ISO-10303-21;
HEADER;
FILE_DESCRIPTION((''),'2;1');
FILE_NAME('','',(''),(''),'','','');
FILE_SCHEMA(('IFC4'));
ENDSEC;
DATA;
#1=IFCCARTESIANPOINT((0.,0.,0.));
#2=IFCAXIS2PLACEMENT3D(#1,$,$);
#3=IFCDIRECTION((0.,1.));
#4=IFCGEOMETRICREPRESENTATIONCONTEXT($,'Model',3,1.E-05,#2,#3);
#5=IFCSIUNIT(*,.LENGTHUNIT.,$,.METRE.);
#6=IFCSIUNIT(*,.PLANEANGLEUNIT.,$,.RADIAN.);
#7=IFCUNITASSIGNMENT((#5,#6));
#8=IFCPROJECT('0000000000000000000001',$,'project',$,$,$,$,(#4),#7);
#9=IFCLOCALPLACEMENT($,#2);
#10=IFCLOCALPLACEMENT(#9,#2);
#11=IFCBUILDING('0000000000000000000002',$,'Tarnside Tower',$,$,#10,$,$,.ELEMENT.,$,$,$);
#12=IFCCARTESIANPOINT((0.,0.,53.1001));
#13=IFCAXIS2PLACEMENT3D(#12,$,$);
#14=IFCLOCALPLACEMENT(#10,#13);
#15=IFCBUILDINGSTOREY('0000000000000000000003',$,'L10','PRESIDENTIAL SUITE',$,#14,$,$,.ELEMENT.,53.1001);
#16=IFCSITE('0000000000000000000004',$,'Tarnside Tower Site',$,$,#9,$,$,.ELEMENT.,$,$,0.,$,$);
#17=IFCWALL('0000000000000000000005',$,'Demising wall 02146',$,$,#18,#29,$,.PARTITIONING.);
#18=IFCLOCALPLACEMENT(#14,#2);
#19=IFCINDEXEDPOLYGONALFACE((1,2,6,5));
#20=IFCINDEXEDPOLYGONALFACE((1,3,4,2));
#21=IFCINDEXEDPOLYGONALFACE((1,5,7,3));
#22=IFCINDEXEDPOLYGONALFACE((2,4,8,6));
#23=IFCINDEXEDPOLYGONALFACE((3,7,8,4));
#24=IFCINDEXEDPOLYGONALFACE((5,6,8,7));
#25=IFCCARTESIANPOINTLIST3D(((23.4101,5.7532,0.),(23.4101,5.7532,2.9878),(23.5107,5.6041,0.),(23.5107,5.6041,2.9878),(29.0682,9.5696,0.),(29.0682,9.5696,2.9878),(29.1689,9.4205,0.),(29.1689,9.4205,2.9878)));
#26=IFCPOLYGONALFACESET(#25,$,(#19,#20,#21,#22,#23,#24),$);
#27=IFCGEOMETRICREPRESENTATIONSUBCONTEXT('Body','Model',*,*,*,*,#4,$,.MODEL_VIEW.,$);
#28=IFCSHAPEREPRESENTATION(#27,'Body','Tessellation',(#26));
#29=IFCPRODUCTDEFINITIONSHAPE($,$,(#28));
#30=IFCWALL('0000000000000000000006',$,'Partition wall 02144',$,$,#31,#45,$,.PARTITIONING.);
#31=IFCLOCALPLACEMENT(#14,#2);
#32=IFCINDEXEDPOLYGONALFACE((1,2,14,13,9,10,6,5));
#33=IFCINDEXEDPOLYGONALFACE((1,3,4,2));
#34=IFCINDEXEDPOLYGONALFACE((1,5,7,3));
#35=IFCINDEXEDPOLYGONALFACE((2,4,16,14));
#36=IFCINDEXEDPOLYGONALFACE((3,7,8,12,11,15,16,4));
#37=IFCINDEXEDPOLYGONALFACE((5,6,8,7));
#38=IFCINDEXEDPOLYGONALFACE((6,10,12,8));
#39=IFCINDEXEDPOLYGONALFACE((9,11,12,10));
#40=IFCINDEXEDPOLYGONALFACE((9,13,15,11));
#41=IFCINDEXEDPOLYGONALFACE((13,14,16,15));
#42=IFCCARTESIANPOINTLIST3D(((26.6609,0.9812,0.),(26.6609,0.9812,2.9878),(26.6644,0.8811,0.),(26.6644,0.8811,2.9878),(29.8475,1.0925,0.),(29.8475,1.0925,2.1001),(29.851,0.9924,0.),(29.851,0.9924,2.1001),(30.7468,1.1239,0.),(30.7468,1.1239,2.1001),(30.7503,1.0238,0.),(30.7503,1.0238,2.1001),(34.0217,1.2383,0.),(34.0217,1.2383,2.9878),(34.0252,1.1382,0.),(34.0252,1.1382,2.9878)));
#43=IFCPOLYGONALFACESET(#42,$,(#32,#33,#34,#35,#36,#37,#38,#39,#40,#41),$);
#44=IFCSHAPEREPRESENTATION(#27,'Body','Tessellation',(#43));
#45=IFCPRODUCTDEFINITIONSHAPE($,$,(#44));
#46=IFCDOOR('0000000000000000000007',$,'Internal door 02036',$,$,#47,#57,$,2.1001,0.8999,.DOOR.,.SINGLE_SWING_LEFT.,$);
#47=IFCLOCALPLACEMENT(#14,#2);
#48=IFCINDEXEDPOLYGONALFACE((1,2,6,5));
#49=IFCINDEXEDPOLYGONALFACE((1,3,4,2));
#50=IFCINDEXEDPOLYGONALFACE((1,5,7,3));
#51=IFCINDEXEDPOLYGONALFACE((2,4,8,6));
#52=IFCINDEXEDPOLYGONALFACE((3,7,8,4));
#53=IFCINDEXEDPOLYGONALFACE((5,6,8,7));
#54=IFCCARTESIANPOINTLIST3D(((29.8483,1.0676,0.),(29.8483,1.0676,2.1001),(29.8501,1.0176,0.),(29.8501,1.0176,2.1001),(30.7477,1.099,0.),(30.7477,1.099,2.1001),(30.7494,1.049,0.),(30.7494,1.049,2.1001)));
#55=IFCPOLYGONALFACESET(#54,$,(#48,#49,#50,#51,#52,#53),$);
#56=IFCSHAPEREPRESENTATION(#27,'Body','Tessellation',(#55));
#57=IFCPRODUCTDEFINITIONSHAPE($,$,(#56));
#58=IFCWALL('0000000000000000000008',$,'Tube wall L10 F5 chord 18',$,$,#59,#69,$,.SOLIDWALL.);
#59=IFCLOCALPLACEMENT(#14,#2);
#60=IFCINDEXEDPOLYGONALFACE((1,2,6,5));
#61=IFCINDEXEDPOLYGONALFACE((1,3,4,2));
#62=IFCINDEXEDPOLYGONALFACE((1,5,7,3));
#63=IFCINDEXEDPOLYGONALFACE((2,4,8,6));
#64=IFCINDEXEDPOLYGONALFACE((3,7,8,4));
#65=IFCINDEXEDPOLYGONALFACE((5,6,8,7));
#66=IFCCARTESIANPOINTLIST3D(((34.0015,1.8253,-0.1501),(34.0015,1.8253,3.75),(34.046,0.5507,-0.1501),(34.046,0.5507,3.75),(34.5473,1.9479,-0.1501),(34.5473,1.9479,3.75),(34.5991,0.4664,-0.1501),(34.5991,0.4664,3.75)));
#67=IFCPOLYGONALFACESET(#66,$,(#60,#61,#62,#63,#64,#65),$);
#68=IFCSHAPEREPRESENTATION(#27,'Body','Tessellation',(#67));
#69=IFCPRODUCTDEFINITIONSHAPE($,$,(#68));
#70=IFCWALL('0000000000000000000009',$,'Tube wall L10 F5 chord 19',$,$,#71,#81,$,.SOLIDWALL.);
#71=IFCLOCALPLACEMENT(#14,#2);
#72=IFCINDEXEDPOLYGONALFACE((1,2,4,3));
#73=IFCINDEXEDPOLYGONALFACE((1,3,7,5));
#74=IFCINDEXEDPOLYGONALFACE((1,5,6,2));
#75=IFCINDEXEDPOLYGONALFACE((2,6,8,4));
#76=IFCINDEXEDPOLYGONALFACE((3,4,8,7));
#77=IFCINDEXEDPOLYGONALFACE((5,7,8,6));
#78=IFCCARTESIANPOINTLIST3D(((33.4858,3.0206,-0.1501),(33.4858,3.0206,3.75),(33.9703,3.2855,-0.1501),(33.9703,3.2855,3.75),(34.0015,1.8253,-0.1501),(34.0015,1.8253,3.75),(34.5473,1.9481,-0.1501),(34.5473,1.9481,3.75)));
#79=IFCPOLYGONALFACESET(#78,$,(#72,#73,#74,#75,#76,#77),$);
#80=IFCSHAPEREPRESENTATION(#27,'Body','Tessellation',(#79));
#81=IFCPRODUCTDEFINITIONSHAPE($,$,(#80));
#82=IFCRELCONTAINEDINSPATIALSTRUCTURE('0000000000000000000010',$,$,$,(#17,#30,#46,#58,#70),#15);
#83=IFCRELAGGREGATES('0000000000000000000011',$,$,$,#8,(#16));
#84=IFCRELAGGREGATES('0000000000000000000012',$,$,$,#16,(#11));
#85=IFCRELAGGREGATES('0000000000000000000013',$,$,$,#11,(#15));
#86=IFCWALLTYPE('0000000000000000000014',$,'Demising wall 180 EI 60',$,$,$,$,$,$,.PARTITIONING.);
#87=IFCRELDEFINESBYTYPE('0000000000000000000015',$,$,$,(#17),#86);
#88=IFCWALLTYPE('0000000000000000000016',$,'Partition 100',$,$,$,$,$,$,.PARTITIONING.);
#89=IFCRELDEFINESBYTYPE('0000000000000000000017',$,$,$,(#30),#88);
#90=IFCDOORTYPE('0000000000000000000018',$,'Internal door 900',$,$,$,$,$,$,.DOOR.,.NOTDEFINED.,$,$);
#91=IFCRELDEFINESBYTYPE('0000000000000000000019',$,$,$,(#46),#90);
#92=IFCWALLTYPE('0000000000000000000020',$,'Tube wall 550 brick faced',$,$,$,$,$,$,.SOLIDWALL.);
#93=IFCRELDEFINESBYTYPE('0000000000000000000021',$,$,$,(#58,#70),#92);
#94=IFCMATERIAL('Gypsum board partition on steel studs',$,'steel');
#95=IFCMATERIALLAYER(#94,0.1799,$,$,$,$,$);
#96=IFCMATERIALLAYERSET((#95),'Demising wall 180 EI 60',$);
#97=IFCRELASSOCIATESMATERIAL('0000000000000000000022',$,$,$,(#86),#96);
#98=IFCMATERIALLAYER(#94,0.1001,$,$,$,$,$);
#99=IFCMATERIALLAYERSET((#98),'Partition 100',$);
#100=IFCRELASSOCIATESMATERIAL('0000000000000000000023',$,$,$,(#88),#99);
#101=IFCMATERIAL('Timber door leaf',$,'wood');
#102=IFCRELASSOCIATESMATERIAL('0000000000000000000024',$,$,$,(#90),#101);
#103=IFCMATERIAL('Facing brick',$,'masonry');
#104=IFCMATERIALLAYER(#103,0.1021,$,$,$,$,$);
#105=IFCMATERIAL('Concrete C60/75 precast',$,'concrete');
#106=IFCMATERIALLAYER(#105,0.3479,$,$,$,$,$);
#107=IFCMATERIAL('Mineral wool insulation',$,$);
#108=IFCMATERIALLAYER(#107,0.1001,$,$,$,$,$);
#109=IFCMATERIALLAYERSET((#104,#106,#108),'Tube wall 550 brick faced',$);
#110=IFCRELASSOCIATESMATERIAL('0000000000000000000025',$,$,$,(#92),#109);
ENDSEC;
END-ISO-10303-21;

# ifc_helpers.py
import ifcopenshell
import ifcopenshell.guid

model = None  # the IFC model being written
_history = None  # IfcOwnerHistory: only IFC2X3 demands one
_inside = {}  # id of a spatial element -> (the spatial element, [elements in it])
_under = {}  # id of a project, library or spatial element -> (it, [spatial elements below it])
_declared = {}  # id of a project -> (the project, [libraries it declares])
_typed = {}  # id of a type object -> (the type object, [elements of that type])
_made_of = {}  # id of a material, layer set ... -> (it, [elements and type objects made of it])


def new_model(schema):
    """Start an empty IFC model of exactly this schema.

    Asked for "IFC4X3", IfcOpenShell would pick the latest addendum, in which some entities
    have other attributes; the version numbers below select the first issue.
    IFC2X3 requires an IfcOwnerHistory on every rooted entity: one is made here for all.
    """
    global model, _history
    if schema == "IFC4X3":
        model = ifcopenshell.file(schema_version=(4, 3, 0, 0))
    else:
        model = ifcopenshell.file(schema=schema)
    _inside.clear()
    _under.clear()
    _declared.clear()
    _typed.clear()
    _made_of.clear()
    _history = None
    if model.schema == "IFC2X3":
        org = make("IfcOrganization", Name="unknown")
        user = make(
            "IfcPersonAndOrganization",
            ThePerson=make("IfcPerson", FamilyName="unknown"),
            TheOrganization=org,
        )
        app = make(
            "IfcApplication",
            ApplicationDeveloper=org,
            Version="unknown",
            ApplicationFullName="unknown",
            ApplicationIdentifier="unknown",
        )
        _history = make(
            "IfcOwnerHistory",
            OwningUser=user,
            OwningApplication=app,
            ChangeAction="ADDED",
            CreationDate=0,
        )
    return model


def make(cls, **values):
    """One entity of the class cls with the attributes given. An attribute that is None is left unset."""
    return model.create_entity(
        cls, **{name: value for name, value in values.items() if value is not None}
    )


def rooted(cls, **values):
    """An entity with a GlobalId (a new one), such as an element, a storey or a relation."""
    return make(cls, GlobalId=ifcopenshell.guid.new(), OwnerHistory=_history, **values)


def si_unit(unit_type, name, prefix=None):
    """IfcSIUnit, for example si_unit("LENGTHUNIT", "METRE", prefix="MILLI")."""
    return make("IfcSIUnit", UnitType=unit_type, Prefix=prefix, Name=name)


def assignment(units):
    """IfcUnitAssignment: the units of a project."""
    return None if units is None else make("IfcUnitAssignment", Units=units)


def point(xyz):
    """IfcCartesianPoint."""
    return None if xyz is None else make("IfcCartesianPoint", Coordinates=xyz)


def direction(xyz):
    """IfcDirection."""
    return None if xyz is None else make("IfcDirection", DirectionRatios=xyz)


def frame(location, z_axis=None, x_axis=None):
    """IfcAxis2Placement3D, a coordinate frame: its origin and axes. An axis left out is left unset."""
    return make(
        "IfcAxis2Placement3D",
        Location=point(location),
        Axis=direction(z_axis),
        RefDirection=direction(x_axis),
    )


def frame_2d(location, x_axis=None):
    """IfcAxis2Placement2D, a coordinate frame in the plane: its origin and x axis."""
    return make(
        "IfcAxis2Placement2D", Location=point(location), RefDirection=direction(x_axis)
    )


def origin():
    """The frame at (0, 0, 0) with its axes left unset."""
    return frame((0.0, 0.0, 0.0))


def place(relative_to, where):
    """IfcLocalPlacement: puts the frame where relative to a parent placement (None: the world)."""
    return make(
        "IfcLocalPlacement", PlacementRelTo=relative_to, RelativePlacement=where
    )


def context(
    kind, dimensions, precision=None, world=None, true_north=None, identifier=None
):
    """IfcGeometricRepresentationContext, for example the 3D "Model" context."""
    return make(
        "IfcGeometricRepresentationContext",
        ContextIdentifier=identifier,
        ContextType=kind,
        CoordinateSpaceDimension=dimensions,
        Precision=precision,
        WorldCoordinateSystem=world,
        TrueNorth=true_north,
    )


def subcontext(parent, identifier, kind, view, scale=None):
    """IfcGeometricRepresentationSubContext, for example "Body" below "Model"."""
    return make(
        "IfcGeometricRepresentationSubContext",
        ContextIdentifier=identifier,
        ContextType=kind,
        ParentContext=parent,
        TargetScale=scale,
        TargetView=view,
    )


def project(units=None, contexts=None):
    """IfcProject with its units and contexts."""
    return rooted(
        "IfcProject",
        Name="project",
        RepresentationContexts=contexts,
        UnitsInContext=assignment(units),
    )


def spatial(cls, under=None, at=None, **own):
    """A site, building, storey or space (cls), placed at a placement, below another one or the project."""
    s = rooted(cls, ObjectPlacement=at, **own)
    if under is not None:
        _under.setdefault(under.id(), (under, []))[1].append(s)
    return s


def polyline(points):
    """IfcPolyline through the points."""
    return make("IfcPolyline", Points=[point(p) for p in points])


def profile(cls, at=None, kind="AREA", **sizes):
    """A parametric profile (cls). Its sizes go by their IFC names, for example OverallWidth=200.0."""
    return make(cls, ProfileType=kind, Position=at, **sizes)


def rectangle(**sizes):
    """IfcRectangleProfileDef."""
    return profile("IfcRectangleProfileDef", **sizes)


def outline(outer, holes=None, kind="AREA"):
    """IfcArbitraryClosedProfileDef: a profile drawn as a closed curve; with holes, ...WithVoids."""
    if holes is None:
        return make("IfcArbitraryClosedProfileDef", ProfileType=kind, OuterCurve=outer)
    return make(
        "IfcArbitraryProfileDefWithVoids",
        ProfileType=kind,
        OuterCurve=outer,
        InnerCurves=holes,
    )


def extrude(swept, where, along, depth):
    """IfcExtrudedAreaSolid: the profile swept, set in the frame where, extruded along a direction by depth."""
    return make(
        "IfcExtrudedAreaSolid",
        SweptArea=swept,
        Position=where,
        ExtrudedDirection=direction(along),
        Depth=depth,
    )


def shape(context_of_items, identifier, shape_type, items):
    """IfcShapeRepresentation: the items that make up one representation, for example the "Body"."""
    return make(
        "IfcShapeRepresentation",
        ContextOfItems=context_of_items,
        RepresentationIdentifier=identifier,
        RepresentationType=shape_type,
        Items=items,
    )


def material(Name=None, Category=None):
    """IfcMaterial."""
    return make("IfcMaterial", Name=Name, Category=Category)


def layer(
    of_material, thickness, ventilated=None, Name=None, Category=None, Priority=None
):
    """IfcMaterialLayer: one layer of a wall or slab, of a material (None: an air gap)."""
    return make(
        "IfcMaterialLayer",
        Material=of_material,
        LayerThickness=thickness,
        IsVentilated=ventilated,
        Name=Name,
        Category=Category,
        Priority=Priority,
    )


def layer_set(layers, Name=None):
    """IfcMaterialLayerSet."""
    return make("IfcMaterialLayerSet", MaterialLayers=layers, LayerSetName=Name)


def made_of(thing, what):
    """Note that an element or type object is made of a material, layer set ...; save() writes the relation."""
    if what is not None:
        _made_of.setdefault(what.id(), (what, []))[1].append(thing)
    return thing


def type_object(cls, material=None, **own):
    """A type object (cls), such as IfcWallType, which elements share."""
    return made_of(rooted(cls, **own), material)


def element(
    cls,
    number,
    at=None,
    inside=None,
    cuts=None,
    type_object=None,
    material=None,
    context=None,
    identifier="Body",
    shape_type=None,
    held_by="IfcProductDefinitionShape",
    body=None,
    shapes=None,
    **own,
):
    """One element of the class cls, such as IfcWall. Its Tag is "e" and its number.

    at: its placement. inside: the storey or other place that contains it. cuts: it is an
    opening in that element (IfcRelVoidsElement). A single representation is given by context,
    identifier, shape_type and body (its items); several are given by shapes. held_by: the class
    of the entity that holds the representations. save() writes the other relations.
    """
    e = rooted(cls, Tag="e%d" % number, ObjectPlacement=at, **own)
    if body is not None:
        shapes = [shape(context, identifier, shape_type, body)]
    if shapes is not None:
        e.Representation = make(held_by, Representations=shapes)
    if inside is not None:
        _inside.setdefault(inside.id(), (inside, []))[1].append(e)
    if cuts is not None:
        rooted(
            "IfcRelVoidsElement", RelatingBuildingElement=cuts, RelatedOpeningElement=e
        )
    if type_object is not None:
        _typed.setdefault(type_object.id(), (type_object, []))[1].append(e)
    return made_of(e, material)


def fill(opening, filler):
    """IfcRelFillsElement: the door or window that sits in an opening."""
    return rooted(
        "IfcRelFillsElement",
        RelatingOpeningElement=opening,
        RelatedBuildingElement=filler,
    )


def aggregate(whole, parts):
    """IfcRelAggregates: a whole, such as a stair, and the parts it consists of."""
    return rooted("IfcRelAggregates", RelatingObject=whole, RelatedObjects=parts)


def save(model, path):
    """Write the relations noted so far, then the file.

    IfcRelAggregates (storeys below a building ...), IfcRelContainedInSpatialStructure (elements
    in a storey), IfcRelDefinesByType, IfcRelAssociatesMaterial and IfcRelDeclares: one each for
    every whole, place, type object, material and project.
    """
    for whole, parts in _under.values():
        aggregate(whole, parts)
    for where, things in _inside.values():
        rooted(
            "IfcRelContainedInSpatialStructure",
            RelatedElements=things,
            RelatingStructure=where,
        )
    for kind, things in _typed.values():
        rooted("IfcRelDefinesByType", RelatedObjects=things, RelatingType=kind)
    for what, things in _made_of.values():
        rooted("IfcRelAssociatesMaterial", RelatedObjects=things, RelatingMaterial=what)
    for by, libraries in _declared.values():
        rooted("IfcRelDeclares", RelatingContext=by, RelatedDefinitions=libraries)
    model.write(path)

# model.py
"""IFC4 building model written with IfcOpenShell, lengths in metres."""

from ifc_helpers import new_model, si_unit, direction, frame, frame_2d, origin, place, context, subcontext, project, spatial, polyline, rectangle, outline, extrude, material, layer, layer_set, type_object, element, fill, save


model = new_model("IFC4")

# Units and contexts
model_context = context("Model", 3, precision=1e-05, world=origin(), true_north=direction((0.0, 1.0)))
body_context = subcontext(model_context, "Body", "Model", "MODEL_VIEW")
ifc_project = project(units=[si_unit("LENGTHUNIT", "METRE"), si_unit("PLANEANGLEUNIT", "RADIAN")], contexts=[model_context])

# Site, building, storey
site_placement = place(None, origin())
site = spatial("IfcSite", under=ifc_project, at=site_placement, Name="Tarnside Tower Site", CompositionType="ELEMENT", RefElevation=0.0)
building_placement = place(site_placement, origin())
building = spatial("IfcBuilding", under=site, at=building_placement, Name="Tarnside Tower", CompositionType="ELEMENT")
storey_placement = place(building_placement, frame((0.0, 0.0, 53.1001)))
storey = spatial("IfcBuildingStorey", under=building, at=storey_placement, Name="L10", Description="PRESIDENTIAL SUITE", CompositionType="ELEMENT", Elevation=53.1001)

# Wall
ifc_material_1 = material(Name="Gypsum board partition on steel studs", Category="steel")
ifc_layer_1 = layer(ifc_material_1, 0.1799)
ifc_layer_set_1 = layer_set([ifc_layer_1], Name="Demising wall 180 EI 60")
wall_type_1 = type_object("IfcWallType", Name="Demising wall 180 EI 60", PredefinedType="PARTITIONING", material=ifc_layer_set_1)
wall_1_placement = place(storey_placement, frame((29.1187, 9.4951, 0.0), z_axis=(0.0, 0.0, 1.0), x_axis=(-0.829044, -0.559183, 0.0)))
element("IfcWall", 1, at=wall_1_placement, inside=storey, type_object=wall_type_1, Name="Demising wall 02146", PredefinedType="PARTITIONING", context=body_context, shape_type="SweptSolid", body=[
    extrude(rectangle(XDim=6.825, YDim=0.1799, at=frame_2d((3.4126, 0.0))), origin(), (0.0, 0.0, 1.0), 2.9878),
])

# Wall, opening, door
ifc_layer_2 = layer(ifc_material_1, 0.1001)
ifc_layer_set_2 = layer_set([ifc_layer_2], Name="Partition 100")
wall_type_2 = type_object("IfcWallType", Name="Partition 100", PredefinedType="PARTITIONING", material=ifc_layer_set_2)
wall_2_placement = place(storey_placement, frame((34.0234, 1.1882, 0.0), z_axis=(0.0, 0.0, 1.0), x_axis=(-0.999391, -0.034904, 0.0)))
wall_2 = element("IfcWall", 2, at=wall_2_placement, inside=storey, type_object=wall_type_2, Name="Partition wall 02144", PredefinedType="PARTITIONING", context=body_context, shape_type="SweptSolid", body=[
    extrude(rectangle(XDim=7.3652, YDim=0.1001, at=frame_2d((3.6826, 0.0))), origin(), (0.0, 0.0, 1.0), 2.9878),
])
opening_1_placement = place(wall_2_placement, frame((3.2769, 0.0, 0.0)))
opening_1 = element("IfcOpeningElement", 3, at=opening_1_placement, cuts=wall_2, PredefinedType="OPENING", context=body_context, shape_type="SweptSolid", body=[
    extrude(rectangle(XDim=0.8999, YDim=2.1001, at=frame_2d((0.45, 1.05))), frame((0.0, 0.0601, 0.0), z_axis=(0.0, -1.0, 0.0), x_axis=(1.0, 0.0, 0.0)), (0.0, 0.0, 1.0), 0.1201),
])
ifc_material_2 = material(Name="Timber door leaf", Category="wood")
door_type = type_object("IfcDoorType", Name="Internal door 900", OperationType="NOTDEFINED", PredefinedType="DOOR", material=ifc_material_2)
door_placement = place(opening_1_placement, origin())
door = element("IfcDoor", 4, at=door_placement, inside=storey, type_object=door_type, Name="Internal door 02036", OperationType="SINGLE_SWING_LEFT", OverallHeight=2.1001, OverallWidth=0.8999, PredefinedType="DOOR", context=body_context, shape_type="SweptSolid", body=[
    extrude(rectangle(XDim=0.8999, YDim=2.1001, at=frame_2d((0.45, 1.05))), frame((0.0, 0.0249, 0.0), z_axis=(0.0, -1.0, 0.0), x_axis=(1.0, 0.0, 0.0)), (0.0, 0.0, 1.0), 0.05),
])
fill(opening_1, door)

# Walls
ifc_material_3 = material(Name="Facing brick", Category="masonry")
ifc_layer_3 = layer(ifc_material_3, 0.1021)
ifc_material_4 = material(Name="Concrete C60/75 precast", Category="concrete")
ifc_layer_4 = layer(ifc_material_4, 0.3479)
ifc_material_5 = material(Name="Mineral wool insulation")
ifc_layer_5 = layer(ifc_material_5, 0.1001)
ifc_layer_set_3 = layer_set([ifc_layer_3, ifc_layer_4, ifc_layer_5], Name="Tube wall 550 brick faced")
wall_type_3 = type_object("IfcWallType", Name="Tube wall 550 brick faced", PredefinedType="SOLIDWALL", material=ifc_layer_set_3)
wall_3_placement = place(storey_placement, frame((34.3225, 0.5085, -0.1501), z_axis=(0.0, 0.0, 1.0), x_axis=(-0.034877, 0.999392, 0.0)))
element("IfcWall", 5, at=wall_3_placement, inside=storey, type_object=wall_type_3, Name="Tube wall L10 F5 chord 18", PredefinedType="SOLIDWALL", context=body_context, shape_type="SweptSolid", body=[
    extrude(outline(polyline([(-0.0518, -0.2749), (1.4307, -0.2749), (1.3271, 0.2749), (0.0518, 0.2749), (-0.0518, -0.2749)])), origin(), (0.0, 0.0, 1.0), 3.9001),
])
wall_4_placement = place(storey_placement, frame((34.2744, 1.8867, -0.1501), z_axis=(0.0, 0.0, 1.0), x_axis=(-0.396161, 0.918181, 0.0)))
element("IfcWall", 6, at=wall_4_placement, inside=storey, type_object=wall_type_3, Name="Tube wall L10 F5 chord 19", PredefinedType="SOLIDWALL", context=body_context, shape_type="SweptSolid", body=[
    extrude(outline(polyline([(-0.0518, -0.2749), (1.4048, -0.2749), (1.3535, 0.2749), (0.0518, 0.2749), (-0.0518, -0.2749)])), origin(), (0.0, 0.0, 1.0), 3.9001),
])

save(model, "model.ifc")
